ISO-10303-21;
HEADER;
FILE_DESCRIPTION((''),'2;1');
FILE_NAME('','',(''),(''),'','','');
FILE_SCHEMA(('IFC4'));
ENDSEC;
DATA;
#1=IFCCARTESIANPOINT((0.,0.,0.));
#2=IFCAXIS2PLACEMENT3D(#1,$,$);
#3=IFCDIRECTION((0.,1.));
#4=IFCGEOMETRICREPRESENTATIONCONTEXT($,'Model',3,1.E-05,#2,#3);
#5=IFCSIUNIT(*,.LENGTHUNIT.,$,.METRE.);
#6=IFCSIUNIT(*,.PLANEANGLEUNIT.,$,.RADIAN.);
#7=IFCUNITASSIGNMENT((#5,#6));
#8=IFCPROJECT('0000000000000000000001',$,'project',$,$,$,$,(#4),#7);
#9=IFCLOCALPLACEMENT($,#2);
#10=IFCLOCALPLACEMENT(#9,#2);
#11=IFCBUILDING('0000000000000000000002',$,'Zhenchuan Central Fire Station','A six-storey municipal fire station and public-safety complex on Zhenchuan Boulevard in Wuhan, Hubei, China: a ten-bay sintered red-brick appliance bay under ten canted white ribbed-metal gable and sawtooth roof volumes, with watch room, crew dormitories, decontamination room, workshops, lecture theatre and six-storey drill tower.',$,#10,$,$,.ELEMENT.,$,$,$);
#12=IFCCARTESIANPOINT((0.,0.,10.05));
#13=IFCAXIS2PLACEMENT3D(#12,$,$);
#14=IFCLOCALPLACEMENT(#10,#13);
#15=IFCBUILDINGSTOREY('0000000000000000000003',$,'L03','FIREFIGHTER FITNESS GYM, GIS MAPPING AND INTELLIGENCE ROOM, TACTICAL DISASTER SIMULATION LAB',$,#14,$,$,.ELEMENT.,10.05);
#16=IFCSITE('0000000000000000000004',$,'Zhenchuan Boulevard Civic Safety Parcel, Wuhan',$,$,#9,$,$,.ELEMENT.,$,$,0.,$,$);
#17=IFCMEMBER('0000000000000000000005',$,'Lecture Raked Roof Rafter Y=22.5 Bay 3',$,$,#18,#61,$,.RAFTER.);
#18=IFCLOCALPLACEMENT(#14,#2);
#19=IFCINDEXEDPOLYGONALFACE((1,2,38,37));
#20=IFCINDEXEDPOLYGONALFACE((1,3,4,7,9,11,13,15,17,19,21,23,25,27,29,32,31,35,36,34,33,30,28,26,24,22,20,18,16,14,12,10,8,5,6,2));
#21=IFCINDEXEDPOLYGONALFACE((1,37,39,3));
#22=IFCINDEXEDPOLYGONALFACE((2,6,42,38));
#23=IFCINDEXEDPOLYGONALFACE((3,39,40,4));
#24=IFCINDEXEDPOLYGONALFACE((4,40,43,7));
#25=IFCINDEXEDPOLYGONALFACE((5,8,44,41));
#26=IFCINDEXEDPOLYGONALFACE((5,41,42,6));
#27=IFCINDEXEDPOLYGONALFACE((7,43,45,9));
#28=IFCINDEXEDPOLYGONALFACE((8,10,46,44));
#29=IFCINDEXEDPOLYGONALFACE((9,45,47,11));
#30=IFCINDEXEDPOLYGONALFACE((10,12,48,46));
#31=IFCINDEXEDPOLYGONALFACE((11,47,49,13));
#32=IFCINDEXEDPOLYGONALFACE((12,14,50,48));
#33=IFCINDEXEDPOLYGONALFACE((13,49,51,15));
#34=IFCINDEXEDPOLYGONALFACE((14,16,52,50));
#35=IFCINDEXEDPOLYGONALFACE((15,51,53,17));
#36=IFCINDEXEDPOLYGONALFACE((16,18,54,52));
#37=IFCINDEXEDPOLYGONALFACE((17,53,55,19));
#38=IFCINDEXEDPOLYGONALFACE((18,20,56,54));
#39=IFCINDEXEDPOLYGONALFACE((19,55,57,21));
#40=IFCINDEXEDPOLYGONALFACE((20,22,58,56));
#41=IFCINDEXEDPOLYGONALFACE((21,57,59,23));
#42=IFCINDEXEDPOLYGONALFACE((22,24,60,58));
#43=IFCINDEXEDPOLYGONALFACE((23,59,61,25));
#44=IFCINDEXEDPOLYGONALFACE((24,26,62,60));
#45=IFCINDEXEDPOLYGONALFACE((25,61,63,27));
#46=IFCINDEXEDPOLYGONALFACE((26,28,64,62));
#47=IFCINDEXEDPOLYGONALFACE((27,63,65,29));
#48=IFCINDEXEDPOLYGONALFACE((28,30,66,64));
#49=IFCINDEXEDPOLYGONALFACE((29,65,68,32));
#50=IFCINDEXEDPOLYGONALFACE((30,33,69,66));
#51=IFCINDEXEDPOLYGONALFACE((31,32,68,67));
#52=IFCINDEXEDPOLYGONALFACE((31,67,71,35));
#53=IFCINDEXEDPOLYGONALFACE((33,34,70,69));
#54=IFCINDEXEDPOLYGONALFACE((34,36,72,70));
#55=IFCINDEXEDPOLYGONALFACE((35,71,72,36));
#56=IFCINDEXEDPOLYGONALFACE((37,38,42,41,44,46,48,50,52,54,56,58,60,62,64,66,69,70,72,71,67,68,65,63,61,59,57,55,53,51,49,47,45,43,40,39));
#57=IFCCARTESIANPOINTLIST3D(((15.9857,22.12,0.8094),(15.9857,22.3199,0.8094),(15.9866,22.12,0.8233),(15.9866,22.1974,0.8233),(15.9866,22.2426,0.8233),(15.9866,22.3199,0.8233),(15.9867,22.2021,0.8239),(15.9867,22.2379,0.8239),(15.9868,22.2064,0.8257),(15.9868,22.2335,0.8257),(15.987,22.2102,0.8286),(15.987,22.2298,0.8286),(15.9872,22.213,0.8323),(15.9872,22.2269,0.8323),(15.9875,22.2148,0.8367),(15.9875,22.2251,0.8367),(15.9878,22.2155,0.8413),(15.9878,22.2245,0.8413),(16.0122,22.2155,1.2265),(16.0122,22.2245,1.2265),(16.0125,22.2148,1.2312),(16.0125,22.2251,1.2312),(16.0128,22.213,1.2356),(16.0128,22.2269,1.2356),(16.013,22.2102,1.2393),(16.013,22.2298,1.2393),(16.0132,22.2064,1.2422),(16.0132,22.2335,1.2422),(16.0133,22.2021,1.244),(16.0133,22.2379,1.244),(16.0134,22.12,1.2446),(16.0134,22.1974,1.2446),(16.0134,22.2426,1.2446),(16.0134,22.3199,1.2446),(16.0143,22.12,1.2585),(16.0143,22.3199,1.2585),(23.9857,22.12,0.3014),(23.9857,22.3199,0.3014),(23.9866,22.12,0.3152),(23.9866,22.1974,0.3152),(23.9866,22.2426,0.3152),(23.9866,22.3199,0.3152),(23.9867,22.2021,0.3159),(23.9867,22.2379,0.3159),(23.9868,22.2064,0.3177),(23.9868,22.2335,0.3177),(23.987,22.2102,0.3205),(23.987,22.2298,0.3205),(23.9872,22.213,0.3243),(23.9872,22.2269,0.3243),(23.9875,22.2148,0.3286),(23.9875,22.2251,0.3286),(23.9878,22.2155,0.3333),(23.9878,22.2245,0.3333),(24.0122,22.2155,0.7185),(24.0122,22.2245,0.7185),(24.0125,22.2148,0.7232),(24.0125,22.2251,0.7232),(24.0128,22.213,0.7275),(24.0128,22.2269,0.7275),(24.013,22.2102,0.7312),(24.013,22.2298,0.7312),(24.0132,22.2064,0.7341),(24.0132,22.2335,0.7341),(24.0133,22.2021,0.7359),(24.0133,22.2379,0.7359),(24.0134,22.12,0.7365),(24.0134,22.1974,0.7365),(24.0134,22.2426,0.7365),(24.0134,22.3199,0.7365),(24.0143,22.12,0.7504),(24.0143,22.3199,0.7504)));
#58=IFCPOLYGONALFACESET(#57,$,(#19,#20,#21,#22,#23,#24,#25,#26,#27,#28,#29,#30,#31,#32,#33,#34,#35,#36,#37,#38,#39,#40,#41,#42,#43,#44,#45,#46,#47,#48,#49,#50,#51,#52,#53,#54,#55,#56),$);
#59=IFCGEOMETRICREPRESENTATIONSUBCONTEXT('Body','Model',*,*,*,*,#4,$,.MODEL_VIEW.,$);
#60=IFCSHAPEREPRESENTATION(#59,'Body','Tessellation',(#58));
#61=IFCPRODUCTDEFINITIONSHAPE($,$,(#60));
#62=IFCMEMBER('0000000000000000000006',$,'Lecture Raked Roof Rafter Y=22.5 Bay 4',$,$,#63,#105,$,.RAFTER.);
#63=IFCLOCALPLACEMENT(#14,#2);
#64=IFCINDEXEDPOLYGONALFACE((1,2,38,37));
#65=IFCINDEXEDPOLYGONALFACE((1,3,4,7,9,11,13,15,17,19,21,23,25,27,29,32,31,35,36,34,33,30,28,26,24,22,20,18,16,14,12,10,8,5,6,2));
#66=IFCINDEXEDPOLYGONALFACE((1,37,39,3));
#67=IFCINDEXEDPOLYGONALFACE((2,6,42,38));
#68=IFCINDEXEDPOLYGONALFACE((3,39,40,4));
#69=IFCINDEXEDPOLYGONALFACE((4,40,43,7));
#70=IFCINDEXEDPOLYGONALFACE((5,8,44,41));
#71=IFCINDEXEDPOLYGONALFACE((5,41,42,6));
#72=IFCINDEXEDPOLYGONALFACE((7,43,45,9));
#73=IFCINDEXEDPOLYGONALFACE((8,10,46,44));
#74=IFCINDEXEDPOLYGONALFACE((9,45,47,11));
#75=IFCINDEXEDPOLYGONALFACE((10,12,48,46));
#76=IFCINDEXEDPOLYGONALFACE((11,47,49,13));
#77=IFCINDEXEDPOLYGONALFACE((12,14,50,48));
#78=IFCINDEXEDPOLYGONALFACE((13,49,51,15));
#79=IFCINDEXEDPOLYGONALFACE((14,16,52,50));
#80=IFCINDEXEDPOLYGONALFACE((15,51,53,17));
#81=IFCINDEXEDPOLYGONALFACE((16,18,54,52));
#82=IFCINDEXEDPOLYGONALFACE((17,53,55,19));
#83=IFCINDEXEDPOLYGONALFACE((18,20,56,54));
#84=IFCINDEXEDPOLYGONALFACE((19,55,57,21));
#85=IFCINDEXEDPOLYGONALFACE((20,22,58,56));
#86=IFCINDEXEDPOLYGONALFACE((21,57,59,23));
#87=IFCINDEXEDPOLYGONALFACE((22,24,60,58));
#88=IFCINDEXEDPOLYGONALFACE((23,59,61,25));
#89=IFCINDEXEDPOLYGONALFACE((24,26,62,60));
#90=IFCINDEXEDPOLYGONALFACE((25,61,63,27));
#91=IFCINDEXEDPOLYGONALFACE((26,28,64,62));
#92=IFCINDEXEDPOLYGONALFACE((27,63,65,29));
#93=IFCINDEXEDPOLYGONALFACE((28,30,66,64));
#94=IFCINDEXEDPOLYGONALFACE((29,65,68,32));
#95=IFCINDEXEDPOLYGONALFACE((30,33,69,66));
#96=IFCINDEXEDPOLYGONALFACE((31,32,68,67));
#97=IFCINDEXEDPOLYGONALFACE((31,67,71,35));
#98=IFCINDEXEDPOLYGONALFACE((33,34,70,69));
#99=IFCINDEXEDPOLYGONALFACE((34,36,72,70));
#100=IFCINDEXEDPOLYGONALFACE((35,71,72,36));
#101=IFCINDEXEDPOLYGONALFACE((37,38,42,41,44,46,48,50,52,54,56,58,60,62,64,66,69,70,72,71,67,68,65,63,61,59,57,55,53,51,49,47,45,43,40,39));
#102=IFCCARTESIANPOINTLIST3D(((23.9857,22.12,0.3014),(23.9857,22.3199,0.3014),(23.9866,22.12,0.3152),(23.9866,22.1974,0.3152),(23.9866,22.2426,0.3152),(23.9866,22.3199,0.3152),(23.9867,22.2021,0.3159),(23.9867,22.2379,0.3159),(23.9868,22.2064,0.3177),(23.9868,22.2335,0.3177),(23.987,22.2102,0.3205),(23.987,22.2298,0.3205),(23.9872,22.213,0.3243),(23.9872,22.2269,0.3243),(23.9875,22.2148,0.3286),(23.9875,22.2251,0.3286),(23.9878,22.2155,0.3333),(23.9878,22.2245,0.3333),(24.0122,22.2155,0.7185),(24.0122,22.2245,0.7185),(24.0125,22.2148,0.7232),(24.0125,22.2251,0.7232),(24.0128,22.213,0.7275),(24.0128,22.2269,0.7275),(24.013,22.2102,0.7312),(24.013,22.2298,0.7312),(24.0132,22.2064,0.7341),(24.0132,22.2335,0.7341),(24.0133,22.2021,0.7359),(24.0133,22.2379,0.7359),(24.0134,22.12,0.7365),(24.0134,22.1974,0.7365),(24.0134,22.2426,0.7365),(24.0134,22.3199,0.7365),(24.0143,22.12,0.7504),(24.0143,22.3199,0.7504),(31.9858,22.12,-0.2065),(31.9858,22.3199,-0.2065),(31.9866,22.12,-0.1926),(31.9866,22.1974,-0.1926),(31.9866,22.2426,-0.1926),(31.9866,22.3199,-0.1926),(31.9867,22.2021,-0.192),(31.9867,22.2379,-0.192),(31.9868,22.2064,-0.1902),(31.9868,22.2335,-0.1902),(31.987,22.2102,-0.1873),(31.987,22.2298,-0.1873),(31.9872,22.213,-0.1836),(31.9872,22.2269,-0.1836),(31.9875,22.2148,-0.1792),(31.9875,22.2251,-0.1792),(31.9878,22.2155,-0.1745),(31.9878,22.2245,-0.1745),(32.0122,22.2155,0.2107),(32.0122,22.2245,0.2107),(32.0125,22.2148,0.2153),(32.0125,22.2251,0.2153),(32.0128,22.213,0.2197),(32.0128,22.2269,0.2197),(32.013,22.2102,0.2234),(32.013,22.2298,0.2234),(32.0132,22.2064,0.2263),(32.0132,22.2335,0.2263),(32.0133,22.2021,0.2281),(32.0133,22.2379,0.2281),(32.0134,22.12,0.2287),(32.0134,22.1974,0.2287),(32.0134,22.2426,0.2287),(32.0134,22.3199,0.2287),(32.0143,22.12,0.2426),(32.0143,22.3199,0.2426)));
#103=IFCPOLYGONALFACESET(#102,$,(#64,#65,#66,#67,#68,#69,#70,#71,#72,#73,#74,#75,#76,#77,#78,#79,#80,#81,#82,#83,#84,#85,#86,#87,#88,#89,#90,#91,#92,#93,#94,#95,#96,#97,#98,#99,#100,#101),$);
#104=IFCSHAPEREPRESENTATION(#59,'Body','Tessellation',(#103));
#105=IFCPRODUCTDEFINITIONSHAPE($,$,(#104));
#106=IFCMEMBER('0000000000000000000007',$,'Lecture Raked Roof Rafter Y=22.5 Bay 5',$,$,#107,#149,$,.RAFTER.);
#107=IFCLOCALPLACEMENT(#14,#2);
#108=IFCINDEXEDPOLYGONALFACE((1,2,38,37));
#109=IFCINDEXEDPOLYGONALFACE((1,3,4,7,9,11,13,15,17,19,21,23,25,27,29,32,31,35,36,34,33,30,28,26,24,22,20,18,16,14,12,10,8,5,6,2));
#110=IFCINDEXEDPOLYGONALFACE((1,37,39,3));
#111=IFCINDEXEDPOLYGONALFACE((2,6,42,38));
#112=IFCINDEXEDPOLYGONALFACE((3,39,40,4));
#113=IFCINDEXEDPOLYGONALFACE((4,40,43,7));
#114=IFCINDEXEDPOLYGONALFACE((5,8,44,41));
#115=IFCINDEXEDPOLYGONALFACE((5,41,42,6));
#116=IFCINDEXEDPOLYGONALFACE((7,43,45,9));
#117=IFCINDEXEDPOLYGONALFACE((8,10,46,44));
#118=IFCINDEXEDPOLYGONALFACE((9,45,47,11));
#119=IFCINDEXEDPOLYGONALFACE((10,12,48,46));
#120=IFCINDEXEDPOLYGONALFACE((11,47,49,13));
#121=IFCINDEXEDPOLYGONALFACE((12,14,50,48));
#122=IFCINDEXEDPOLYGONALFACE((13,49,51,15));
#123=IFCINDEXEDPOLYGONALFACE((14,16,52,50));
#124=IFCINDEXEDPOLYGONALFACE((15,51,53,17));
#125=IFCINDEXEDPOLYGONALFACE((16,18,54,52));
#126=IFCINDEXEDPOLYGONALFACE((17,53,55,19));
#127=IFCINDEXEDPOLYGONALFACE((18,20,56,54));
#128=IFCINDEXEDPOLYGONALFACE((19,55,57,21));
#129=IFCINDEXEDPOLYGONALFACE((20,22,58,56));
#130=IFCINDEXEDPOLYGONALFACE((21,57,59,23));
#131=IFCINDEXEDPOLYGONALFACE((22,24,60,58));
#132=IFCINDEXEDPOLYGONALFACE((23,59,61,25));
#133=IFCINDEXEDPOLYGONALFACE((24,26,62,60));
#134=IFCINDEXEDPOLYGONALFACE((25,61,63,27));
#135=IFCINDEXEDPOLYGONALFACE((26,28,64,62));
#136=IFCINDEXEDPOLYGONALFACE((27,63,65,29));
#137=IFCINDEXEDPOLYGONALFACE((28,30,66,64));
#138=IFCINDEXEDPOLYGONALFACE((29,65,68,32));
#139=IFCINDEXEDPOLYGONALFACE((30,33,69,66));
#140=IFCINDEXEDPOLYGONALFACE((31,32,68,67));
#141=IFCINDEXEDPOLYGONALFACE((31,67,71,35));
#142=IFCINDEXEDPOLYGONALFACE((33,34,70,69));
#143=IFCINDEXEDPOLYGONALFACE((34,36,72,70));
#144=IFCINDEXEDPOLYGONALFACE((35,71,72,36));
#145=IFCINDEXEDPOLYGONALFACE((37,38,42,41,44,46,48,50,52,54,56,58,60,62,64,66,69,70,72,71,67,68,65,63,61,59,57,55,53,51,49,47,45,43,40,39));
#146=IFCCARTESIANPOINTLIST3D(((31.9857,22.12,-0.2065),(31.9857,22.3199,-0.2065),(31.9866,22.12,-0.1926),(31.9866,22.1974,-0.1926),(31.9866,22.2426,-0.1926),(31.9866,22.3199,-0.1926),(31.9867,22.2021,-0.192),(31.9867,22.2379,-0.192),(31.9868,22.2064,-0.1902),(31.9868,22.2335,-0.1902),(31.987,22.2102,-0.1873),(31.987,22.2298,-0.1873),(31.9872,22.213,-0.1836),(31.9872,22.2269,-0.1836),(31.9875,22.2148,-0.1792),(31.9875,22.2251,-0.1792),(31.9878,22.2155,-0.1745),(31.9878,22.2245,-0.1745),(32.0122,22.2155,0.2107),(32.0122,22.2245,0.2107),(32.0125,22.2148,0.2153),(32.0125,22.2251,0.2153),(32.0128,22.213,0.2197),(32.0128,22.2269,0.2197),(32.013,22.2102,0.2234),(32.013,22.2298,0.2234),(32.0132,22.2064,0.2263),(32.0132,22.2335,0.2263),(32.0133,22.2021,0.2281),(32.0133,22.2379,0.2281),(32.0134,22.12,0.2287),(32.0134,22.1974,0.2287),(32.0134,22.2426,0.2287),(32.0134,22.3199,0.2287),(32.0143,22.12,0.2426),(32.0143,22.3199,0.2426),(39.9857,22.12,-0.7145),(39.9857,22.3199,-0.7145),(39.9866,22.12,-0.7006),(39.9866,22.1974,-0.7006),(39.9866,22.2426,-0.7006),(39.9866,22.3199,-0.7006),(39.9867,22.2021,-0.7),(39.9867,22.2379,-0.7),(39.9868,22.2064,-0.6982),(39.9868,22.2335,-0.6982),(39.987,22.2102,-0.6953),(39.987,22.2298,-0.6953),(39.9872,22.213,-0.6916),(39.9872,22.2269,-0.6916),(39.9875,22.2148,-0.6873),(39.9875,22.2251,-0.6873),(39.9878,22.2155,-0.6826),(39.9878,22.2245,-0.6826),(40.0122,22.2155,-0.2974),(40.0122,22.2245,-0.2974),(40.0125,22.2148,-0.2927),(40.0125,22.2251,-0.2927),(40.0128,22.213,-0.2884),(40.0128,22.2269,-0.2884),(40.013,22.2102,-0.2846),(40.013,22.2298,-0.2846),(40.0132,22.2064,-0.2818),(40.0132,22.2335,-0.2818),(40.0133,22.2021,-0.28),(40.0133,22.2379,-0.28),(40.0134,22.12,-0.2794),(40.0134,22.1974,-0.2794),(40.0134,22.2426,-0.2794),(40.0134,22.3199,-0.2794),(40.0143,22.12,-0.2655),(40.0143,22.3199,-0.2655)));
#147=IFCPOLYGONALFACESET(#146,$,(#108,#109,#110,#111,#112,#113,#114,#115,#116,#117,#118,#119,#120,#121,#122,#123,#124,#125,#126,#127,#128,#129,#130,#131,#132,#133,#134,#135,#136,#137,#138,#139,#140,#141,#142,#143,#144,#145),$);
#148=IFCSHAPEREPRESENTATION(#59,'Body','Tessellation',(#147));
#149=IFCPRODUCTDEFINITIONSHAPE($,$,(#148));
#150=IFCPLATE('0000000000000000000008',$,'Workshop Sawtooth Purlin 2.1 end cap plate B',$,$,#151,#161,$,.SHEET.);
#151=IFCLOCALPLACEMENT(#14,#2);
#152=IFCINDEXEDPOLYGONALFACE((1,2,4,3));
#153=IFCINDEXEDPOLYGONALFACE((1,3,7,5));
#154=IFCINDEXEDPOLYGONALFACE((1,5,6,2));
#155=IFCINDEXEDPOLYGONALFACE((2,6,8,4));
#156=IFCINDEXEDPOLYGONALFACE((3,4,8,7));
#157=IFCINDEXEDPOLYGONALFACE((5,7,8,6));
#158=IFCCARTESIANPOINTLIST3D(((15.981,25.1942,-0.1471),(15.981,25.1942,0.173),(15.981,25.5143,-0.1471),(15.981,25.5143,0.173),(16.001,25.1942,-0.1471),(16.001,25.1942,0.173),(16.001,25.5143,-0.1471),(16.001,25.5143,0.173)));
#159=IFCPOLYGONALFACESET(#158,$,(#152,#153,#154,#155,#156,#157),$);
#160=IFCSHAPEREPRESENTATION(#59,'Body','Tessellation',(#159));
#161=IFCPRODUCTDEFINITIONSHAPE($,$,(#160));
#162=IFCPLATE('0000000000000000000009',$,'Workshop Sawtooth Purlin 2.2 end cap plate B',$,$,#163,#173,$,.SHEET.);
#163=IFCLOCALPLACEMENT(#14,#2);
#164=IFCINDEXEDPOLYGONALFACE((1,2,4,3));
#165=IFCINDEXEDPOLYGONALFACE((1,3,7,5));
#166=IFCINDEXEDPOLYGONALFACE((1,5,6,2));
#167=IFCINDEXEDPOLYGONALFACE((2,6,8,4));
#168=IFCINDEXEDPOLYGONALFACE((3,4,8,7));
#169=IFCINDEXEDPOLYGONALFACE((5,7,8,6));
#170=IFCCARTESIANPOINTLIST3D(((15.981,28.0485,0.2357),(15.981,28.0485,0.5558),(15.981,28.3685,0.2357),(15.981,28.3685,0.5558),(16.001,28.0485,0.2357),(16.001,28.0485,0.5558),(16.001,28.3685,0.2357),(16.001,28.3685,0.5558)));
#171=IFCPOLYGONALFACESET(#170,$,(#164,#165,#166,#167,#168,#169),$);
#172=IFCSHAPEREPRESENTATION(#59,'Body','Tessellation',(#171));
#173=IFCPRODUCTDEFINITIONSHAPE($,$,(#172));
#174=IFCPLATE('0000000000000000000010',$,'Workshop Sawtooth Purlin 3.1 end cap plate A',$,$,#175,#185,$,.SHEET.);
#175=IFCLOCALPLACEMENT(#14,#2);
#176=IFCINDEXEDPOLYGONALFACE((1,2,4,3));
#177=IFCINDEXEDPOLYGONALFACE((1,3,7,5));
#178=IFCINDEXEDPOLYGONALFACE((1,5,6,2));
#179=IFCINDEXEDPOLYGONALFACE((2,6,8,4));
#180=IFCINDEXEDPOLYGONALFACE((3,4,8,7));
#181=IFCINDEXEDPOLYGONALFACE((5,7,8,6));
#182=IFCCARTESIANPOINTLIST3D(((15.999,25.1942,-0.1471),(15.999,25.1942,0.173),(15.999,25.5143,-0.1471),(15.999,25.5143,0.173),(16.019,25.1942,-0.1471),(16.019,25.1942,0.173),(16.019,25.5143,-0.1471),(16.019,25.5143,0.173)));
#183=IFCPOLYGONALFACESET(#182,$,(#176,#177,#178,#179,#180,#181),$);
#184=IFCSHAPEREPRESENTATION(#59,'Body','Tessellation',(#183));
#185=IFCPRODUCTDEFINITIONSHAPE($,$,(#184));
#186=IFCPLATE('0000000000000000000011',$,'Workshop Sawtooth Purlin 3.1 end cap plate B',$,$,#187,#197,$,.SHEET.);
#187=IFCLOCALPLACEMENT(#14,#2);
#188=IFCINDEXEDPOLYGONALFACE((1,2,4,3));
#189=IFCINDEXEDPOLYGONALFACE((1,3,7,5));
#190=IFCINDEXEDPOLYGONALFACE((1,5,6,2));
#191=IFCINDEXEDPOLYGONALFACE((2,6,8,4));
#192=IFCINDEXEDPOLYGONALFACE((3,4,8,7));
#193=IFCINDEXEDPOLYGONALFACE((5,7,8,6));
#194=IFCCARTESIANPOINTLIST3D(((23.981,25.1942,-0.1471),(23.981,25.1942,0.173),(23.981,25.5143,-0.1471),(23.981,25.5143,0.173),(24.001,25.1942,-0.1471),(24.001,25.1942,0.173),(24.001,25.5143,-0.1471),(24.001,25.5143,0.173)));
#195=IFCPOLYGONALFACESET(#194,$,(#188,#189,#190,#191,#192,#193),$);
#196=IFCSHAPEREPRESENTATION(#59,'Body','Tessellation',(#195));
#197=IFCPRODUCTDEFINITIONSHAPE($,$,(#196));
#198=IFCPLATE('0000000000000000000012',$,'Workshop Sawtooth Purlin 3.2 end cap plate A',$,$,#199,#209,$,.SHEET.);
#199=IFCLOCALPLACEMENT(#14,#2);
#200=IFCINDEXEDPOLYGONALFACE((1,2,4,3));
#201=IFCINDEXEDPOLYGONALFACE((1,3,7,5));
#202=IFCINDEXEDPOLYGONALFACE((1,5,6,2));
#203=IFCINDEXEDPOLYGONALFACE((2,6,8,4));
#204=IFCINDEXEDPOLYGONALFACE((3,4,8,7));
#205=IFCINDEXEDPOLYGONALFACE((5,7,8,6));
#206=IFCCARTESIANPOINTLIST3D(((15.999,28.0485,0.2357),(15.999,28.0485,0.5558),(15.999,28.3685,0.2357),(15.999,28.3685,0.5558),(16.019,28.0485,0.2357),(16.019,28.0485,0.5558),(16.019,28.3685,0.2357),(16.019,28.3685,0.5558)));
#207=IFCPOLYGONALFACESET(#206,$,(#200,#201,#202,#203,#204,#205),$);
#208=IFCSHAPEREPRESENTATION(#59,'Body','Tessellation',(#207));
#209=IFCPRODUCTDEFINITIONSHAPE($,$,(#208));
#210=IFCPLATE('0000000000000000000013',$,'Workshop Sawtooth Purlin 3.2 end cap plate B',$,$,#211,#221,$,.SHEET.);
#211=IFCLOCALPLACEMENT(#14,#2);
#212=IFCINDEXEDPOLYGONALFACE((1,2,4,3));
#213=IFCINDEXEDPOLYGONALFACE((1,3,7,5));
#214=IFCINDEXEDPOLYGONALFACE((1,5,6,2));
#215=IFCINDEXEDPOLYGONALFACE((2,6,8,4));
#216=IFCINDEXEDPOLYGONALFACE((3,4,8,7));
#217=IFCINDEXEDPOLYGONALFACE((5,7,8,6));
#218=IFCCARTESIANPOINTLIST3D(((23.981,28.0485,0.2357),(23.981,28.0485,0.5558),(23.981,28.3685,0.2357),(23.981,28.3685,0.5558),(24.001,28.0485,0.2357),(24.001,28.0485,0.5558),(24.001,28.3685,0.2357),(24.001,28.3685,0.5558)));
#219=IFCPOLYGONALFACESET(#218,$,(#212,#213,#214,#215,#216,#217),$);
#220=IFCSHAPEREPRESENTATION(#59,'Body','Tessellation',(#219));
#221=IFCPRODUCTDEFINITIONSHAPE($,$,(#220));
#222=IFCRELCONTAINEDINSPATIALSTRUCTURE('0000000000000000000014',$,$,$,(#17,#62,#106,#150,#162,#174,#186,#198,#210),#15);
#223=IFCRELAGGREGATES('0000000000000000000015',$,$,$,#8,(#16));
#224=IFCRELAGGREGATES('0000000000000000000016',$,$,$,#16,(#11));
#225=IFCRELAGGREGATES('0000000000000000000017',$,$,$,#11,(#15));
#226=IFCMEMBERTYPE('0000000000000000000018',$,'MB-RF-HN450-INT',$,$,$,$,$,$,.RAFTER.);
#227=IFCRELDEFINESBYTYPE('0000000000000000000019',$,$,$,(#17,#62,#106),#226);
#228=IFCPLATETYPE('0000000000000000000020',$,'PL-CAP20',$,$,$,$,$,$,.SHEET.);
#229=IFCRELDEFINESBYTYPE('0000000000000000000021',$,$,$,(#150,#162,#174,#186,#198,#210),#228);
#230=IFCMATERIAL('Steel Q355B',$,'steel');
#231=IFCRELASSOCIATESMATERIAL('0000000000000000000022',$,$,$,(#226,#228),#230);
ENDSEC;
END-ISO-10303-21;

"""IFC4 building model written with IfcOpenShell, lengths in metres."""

from ifc_helpers import new_model, si_unit, direction, frame, origin, origin_2d, place, context, subcontext, project, spatial, rectangle, i_section, extrude, material, material_profile, profile_set, type_object, element, save


model = new_model("IFC4")

# Units and contexts
model_context = context("Model", 3, precision=1e-05, world=origin(), true_north=direction((0.0, 1.0)))
body_context = subcontext(model_context, "Body", "Model", "MODEL_VIEW")
ifc_project = project(units=[si_unit("LENGTHUNIT", "METRE"), si_unit("PLANEANGLEUNIT", "RADIAN")], contexts=[model_context])

# Site, building, storey
site_placement = place(None, origin())
site = spatial("IfcSite", under=ifc_project, at=site_placement, Name="Zhenchuan Boulevard Civic Safety Parcel, Wuhan", CompositionType="ELEMENT", RefElevation=0.0)
building_placement = place(site_placement, origin())
building = spatial("IfcBuilding", under=site, at=building_placement, Name="Zhenchuan Central Fire Station", Description="A six-storey municipal fire station and public-safety complex on Zhenchuan Boulevard in Wuhan, Hubei, China: a ten-bay sintered red-brick appliance bay under ten canted white ribbed-metal gable and sawtooth roof volumes, with watch room, crew dormitories, decontamination room, workshops, lecture theatre and six-storey drill tower.", CompositionType="ELEMENT")
storey_placement = place(building_placement, frame((0.0, 0.0, 10.05)))
storey = spatial("IfcBuildingStorey", under=building, at=storey_placement, Name="L03", Description="FIREFIGHTER FITNESS GYM, GIS MAPPING AND INTELLIGENCE ROOM, TACTICAL DISASTER SIMULATION LAB", CompositionType="ELEMENT", Elevation=10.05)

# Shared definitions
ifc_material_1 = material(Name="Steel Q355B", Category="steel")

# Members
ifc_material_profile_1 = material_profile(ifc_material_1, i_section(OverallWidth=0.2, OverallDepth=0.45, WebThickness=0.009, FlangeThickness=0.0139, FilletRadius=0.0181, at=origin_2d()), Name="HN 450x200")
ifc_profile_set_1 = profile_set([ifc_material_profile_1], Name="Steel Q355B")
member_type_1 = type_object("IfcMemberType", Name="MB-RF-HN450-INT", PredefinedType="RAFTER", material=ifc_profile_set_1)
for number, where, z_axis, x_axis, name in (
    (1, (16.0, 22.22, 1.0339), (0.99799, 0.0, -0.063379), (0.0, 1.0, 0.0), "Lecture Raked Roof Rafter Y=22.5 Bay 3"),
    (2, (24.0, 22.22, 0.5259), (0.997991, 0.0, -0.063349), (0.0, 1.0, 0.0), "Lecture Raked Roof Rafter Y=22.5 Bay 4"),
    (3, (32.0, 22.22, 0.0181), (0.99799, 0.0, -0.063379), (0.0, 1.0, 0.0), "Lecture Raked Roof Rafter Y=22.5 Bay 5"),
):
    element("IfcMember", number, at=place(storey_placement, frame(where, z_axis=z_axis, x_axis=x_axis)), inside=storey, type_object=member_type_1, Name=name, PredefinedType="RAFTER", context=body_context, shape_type="SweptSolid", body=[
        extrude(i_section(OverallWidth=0.2, OverallDepth=0.45, WebThickness=0.009, FlangeThickness=0.0139, FilletRadius=0.0181, at=origin_2d()), origin(), (0.0, 0.0, 1.0), 8.0161),
    ])

# Plates
ifc_material_profile_2 = material_profile(ifc_material_1, rectangle(XDim=0.3201, YDim=0.3201, at=origin_2d()), Name="PL 320x320x20")
ifc_profile_set_2 = profile_set([ifc_material_profile_2], Name="Steel Q355B")
plate_type = type_object("IfcPlateType", Name="PL-CAP20", PredefinedType="SHEET", material=ifc_profile_set_2)
for number, where, z_axis, x_axis, name in (
    (4, (15.981, 25.3542, 0.0129), (1.0, 0.0, 0.0), (0.0, 1.0, 0.0), "Workshop Sawtooth Purlin 2.1 end cap plate B"),
    (5, (15.981, 28.2085, 0.3958), (1.0, 0.0, 0.0), (0.0, 1.0, 0.0), "Workshop Sawtooth Purlin 2.2 end cap plate B"),
    (6, (15.999, 25.3542, 0.0129), (1.0, 0.0, 0.0), (0.0, 1.0, 0.0), "Workshop Sawtooth Purlin 3.1 end cap plate A"),
    (7, (23.981, 25.3542, 0.0129), (1.0, 0.0, 0.0), (0.0, 1.0, 0.0), "Workshop Sawtooth Purlin 3.1 end cap plate B"),
    (8, (15.999, 28.2085, 0.3958), (1.0, 0.0, 0.0), (0.0, 1.0, 0.0), "Workshop Sawtooth Purlin 3.2 end cap plate A"),
    (9, (23.981, 28.2085, 0.3958), (1.0, 0.0, 0.0), (0.0, 1.0, 0.0), "Workshop Sawtooth Purlin 3.2 end cap plate B"),
):
    element("IfcPlate", number, at=place(storey_placement, frame(where, z_axis=z_axis, x_axis=x_axis)), inside=storey, type_object=plate_type, Name=name, PredefinedType="SHEET", context=body_context, shape_type="SweptSolid", body=[
        extrude(rectangle(XDim=0.3201, YDim=0.3201, at=origin_2d()), origin(), (0.0, 0.0, 1.0), 0.02),
    ])

save(model, "model.ifc")
